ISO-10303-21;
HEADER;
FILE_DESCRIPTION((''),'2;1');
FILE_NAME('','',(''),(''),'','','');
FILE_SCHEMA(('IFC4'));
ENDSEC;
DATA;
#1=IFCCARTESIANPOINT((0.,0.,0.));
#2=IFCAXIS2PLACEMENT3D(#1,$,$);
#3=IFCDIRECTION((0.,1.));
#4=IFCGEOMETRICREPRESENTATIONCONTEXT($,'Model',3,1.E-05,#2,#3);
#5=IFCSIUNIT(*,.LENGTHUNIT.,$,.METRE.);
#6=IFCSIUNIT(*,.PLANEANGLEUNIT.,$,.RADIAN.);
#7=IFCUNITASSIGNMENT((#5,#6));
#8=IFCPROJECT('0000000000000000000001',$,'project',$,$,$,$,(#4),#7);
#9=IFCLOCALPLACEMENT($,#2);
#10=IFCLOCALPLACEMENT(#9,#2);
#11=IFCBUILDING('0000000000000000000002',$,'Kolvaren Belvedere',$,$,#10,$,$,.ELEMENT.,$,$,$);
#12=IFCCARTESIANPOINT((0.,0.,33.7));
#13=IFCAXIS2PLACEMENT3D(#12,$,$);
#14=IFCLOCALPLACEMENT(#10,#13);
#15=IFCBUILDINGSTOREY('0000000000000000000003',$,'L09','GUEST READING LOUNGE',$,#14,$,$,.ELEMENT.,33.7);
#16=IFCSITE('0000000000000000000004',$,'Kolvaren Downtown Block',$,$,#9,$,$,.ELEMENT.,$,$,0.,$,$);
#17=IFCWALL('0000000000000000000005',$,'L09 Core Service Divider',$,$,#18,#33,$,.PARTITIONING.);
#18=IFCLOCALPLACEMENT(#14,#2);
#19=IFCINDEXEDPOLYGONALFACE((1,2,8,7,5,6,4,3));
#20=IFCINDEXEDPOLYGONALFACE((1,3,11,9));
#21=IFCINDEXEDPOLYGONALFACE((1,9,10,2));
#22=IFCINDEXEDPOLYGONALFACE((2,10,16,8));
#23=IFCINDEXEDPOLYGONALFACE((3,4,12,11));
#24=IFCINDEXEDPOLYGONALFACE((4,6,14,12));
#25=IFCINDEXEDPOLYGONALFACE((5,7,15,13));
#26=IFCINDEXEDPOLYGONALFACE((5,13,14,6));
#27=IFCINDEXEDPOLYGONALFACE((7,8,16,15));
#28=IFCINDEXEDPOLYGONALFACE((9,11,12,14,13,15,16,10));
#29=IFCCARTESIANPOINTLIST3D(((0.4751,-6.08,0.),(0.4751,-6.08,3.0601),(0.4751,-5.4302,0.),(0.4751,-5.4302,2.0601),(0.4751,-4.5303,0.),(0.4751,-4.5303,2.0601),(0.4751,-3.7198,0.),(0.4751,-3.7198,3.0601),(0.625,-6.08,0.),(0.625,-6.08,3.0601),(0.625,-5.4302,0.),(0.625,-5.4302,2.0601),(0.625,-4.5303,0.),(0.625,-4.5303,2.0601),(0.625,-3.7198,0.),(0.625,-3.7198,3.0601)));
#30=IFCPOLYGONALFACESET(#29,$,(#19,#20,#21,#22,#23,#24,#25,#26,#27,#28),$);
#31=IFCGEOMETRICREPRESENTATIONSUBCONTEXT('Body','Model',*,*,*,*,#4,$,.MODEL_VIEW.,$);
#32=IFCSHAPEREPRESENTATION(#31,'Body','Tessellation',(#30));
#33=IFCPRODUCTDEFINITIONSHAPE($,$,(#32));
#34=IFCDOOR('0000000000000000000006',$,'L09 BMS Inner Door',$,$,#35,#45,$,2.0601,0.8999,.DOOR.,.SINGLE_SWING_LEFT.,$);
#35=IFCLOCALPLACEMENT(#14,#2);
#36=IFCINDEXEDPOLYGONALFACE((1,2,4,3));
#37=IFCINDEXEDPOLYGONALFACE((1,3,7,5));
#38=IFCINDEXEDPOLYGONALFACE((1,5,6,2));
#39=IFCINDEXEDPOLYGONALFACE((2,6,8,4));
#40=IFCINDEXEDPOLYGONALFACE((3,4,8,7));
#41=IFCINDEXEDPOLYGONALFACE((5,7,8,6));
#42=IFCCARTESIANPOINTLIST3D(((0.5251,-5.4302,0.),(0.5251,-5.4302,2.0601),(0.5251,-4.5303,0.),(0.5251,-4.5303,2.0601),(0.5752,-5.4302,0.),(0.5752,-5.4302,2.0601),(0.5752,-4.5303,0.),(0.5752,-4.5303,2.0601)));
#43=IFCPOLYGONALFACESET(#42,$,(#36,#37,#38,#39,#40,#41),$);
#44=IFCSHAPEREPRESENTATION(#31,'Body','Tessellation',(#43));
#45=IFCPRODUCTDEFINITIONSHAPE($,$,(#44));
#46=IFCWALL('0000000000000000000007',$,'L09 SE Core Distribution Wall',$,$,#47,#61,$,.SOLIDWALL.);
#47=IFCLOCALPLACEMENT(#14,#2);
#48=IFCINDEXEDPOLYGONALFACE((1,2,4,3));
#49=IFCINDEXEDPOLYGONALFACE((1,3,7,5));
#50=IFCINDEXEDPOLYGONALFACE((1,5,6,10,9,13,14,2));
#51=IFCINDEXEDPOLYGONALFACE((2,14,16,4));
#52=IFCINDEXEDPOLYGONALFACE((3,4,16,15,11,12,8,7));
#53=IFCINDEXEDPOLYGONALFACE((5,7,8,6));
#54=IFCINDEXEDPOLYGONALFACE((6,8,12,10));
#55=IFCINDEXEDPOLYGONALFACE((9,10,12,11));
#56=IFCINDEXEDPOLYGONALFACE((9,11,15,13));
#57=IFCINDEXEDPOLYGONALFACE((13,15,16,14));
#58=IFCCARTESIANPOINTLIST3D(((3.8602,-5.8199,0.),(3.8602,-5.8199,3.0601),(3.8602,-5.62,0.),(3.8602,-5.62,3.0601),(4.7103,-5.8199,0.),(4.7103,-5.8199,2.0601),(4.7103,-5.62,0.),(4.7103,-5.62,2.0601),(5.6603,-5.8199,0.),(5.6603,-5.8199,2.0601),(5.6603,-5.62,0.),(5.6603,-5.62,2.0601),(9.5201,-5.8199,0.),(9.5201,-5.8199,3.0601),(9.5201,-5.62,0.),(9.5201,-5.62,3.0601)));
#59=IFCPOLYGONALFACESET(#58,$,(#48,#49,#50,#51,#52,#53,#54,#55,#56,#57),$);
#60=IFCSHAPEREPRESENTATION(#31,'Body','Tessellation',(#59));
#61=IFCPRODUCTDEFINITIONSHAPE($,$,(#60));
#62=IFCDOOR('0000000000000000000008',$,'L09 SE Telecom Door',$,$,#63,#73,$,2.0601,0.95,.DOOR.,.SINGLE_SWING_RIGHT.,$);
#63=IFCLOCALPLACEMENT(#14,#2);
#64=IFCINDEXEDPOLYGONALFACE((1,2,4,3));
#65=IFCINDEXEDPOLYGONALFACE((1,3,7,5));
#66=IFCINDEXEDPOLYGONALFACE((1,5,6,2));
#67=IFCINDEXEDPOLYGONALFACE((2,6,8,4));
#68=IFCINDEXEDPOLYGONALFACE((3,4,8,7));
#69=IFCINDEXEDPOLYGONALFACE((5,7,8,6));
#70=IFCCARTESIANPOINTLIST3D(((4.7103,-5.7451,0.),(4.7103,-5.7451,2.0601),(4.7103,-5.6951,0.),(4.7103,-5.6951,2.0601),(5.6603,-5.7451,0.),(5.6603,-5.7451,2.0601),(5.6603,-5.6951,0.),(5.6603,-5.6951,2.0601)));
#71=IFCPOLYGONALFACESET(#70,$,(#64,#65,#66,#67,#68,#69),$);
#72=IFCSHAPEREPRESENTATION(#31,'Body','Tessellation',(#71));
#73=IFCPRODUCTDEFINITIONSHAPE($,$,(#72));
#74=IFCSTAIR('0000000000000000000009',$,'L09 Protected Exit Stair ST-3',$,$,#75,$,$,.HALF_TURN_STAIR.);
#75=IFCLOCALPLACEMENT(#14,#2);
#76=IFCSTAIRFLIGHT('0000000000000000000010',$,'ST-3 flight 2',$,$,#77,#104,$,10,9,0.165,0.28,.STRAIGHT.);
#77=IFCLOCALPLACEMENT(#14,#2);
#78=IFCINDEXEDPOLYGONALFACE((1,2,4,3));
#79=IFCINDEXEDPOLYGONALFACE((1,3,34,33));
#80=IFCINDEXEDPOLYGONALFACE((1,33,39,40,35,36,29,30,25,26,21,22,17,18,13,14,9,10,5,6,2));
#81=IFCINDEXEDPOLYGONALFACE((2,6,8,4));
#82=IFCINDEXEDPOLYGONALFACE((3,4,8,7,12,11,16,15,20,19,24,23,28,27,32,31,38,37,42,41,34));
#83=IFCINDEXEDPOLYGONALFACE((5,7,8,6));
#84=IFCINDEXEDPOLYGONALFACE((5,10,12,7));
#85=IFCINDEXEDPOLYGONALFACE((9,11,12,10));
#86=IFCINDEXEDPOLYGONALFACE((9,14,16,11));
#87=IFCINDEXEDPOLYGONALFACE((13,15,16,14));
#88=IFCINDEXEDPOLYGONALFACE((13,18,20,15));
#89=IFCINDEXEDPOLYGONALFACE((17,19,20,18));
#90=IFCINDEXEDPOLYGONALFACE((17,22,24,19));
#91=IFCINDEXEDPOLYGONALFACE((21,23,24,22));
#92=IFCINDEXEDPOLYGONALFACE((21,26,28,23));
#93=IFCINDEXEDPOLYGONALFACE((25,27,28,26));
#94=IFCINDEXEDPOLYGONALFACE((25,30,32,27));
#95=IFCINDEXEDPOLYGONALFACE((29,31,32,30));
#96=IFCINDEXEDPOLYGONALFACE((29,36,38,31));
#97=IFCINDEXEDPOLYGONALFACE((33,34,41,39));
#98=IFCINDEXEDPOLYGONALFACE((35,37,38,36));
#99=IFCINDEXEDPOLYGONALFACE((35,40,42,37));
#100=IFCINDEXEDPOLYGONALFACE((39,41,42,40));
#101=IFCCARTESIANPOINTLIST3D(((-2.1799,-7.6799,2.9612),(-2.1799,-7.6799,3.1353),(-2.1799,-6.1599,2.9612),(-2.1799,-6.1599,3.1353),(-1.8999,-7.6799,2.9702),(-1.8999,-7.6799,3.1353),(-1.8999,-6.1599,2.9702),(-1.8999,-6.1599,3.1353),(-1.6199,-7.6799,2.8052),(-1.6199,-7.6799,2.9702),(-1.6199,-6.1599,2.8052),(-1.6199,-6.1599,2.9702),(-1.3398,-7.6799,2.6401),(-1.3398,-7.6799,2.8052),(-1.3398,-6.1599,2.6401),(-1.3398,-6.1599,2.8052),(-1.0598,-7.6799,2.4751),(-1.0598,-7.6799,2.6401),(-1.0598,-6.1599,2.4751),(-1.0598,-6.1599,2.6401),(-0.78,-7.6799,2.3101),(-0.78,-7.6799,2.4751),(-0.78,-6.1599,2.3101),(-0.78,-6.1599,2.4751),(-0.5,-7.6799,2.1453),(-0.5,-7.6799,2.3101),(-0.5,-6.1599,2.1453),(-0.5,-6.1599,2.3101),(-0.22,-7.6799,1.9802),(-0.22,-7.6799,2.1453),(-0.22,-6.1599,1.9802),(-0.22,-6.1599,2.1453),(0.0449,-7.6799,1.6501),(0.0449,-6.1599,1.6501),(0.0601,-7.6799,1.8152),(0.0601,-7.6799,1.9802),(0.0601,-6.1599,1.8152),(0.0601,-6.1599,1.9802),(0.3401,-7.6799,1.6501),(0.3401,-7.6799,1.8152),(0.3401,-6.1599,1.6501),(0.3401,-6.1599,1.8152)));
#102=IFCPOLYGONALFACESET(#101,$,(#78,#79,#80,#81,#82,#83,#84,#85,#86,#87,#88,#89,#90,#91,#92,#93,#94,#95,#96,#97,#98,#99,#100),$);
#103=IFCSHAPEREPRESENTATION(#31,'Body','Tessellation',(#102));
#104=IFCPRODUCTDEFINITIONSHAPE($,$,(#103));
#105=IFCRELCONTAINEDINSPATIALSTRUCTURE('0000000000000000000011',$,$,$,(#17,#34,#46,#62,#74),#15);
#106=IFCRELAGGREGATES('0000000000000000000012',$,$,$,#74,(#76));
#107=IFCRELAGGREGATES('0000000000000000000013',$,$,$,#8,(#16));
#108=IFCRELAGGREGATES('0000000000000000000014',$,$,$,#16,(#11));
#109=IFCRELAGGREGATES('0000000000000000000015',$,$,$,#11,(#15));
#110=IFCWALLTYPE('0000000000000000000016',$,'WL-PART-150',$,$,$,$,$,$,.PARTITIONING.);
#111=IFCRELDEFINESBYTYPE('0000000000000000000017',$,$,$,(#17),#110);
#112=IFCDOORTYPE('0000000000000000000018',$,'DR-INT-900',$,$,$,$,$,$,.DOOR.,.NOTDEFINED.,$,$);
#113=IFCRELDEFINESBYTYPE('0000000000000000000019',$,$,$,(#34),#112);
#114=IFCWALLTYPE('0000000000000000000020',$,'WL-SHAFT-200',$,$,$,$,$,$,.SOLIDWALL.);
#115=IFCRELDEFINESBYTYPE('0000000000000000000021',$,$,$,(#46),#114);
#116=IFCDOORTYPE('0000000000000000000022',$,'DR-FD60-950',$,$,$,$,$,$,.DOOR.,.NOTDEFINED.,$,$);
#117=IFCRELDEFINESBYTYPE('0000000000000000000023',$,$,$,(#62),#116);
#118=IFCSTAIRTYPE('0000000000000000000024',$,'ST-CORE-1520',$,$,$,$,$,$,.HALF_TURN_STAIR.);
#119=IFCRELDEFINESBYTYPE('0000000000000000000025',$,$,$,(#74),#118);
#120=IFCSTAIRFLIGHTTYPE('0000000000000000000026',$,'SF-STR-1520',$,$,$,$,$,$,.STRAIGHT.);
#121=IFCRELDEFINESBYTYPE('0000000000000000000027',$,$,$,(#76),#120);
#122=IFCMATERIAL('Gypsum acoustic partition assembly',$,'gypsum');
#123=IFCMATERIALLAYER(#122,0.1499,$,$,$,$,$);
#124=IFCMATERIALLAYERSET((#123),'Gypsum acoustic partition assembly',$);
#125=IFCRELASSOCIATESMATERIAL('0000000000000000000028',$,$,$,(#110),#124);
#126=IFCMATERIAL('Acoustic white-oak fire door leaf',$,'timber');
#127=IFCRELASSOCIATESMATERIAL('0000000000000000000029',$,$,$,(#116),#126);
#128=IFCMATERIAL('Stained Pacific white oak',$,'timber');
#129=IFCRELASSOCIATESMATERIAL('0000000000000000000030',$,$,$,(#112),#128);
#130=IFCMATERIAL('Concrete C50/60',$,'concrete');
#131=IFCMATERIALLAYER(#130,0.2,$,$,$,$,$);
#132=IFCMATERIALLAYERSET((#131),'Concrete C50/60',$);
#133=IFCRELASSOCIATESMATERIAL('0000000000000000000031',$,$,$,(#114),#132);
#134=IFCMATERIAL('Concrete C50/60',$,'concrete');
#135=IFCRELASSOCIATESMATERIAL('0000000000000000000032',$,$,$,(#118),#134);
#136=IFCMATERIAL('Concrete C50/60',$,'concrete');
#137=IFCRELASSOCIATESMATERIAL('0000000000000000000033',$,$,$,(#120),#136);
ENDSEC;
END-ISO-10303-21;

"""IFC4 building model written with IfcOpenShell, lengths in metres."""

from ifc_helpers import new_model, si_unit, direction, frame, frame_2d, origin, place, context, subcontext, project, spatial, polyline, rectangle, outline, extrude, material, layer, layer_set, type_object, element, fill, aggregate, save


model = new_model("IFC4")

# Units and contexts
model_context = context("Model", 3, precision=1e-05, world=origin(), true_north=direction((0.0, 1.0)))
body_context = subcontext(model_context, "Body", "Model", "MODEL_VIEW")
ifc_project = project(units=[si_unit("LENGTHUNIT", "METRE"), si_unit("PLANEANGLEUNIT", "RADIAN")], contexts=[model_context])

# Site, building, storey
site_placement = place(None, origin())
site = spatial("IfcSite", under=ifc_project, at=site_placement, Name="Kolvaren Downtown Block", CompositionType="ELEMENT", RefElevation=0.0)
building_placement = place(site_placement, origin())
building = spatial("IfcBuilding", under=site, at=building_placement, Name="Kolvaren Belvedere", CompositionType="ELEMENT")
storey_placement = place(building_placement, frame((0.0, 0.0, 33.7)))
storey = spatial("IfcBuildingStorey", under=building, at=storey_placement, Name="L09", Description="GUEST READING LOUNGE", CompositionType="ELEMENT", Elevation=33.7)

# Walls, openings, doors
ifc_material_1 = material(Name="Gypsum acoustic partition assembly", Category="gypsum")
ifc_layer_1 = layer(ifc_material_1, 0.1499)
ifc_layer_set_1 = layer_set([ifc_layer_1], Name="Gypsum acoustic partition assembly")
wall_type_1 = type_object("IfcWallType", Name="WL-PART-150", PredefinedType="PARTITIONING", material=ifc_layer_set_1)
ifc_material_2 = material(Name="Acoustic white-oak fire door leaf", Category="timber")
door_type_1 = type_object("IfcDoorType", Name="DR-FD60-950", OperationType="NOTDEFINED", PredefinedType="DOOR", material=ifc_material_2)
wall_1_placement = place(storey_placement, frame((0.55, -6.0801, 0.0), z_axis=(0.0, 0.0, 1.0), x_axis=(0.0, 1.0, 0.0)))
wall_1 = element("IfcWall", 1, at=wall_1_placement, inside=storey, type_object=wall_type_1, Name="L09 Core Service Divider", PredefinedType="PARTITIONING", context=body_context, shape_type="SweptSolid", body=[
    extrude(rectangle(XDim=2.3601, YDim=0.1499, at=frame_2d((1.1802, 0.0))), origin(), (0.0, 0.0, 1.0), 3.0601),
])
opening_1_placement = place(wall_1_placement, frame((0.6499, 0.0, 0.0)))
opening_1 = element("IfcOpeningElement", 2, at=opening_1_placement, cuts=wall_1, PredefinedType="OPENING", context=body_context, shape_type="SweptSolid", body=[
    extrude(rectangle(XDim=0.8999, YDim=2.0601, at=frame_2d((0.45, 1.03))), frame((0.0, 0.085, 0.0), z_axis=(0.0, -1.0, 0.0), x_axis=(1.0, 0.0, 0.0)), (0.0, 0.0, 1.0), 0.1699),
])
ifc_material_3 = material(Name="Stained Pacific white oak", Category="timber")
door_type_2 = type_object("IfcDoorType", Name="DR-INT-900", OperationType="NOTDEFINED", PredefinedType="DOOR", material=ifc_material_3)
door_1_placement = place(opening_1_placement, origin())
door_1 = element("IfcDoor", 3, at=door_1_placement, inside=storey, type_object=door_type_2, Name="L09 BMS Inner Door", OperationType="SINGLE_SWING_LEFT", OverallHeight=2.0601, OverallWidth=0.8999, PredefinedType="DOOR", context=body_context, shape_type="SweptSolid", body=[
    extrude(rectangle(XDim=0.8999, YDim=2.0601, at=frame_2d((0.45, 1.03))), frame((0.0, 0.0249, 0.0), z_axis=(0.0, -1.0, 0.0), x_axis=(1.0, 0.0, 0.0)), (0.0, 0.0, 1.0), 0.05),
])
fill(opening_1, door_1)
ifc_material_4 = material(Name="Concrete C50/60", Category="concrete")
ifc_layer_2 = layer(ifc_material_4, 0.2)
ifc_layer_set_2 = layer_set([ifc_layer_2], Name="Concrete C50/60")
wall_type_2 = type_object("IfcWallType", Name="WL-SHAFT-200", PredefinedType="SOLIDWALL", material=ifc_layer_set_2)
wall_2_placement = place(storey_placement, frame((3.8601, -5.72, 0.0), z_axis=(0.0, 0.0, 1.0), x_axis=(1.0, 0.0, 0.0)))
wall_2 = element("IfcWall", 4, at=wall_2_placement, inside=storey, type_object=wall_type_2, Name="L09 SE Core Distribution Wall", PredefinedType="SOLIDWALL", context=body_context, shape_type="SweptSolid", body=[
    extrude(rectangle(XDim=5.6599, YDim=0.2, at=frame_2d((2.8301, 0.0))), origin(), (0.0, 0.0, 1.0), 3.0601),
])
opening_2_placement = place(wall_2_placement, frame((0.8501, 0.0, 0.0)))
opening_2 = element("IfcOpeningElement", 5, at=opening_2_placement, cuts=wall_2, PredefinedType="OPENING", context=body_context, shape_type="SweptSolid", body=[
    extrude(rectangle(XDim=0.95, YDim=2.0601, at=frame_2d((0.4751, 1.03))), frame((0.0, 0.1099, 0.0), z_axis=(0.0, -1.0, 0.0), x_axis=(1.0, 0.0, 0.0)), (0.0, 0.0, 1.0), 0.22),
])
door_2_placement = place(opening_2_placement, origin())
door_2 = element("IfcDoor", 6, at=door_2_placement, inside=storey, type_object=door_type_1, Name="L09 SE Telecom Door", OperationType="SINGLE_SWING_RIGHT", OverallHeight=2.0601, OverallWidth=0.95, PredefinedType="DOOR", context=body_context, shape_type="SweptSolid", body=[
    extrude(rectangle(XDim=0.95, YDim=2.0601, at=frame_2d((0.4751, 1.03))), frame((0.0, 0.0249, 0.0), z_axis=(0.0, -1.0, 0.0), x_axis=(1.0, 0.0, 0.0)), (0.0, 0.0, 1.0), 0.05),
])
fill(opening_2, door_2)

# Stair, stair flight
ifc_material_5 = material(Name="Concrete C50/60", Category="concrete")
stair_type = type_object("IfcStairType", Name="ST-CORE-1520", PredefinedType="HALF_TURN_STAIR", material=ifc_material_5)
stair_placement = place(storey_placement, origin())
stair = element("IfcStair", 7, at=stair_placement, inside=storey, type_object=stair_type, Name="L09 Protected Exit Stair ST-3", PredefinedType="HALF_TURN_STAIR")
ifc_material_6 = material(Name="Concrete C50/60", Category="concrete")
stair_flight_type = type_object("IfcStairFlightType", Name="SF-STR-1520", PredefinedType="STRAIGHT", material=ifc_material_6)
stair_flight_placement = place(storey_placement, frame((0.3401, -6.9199, 1.6501), z_axis=(0.0, 0.0, 1.0), x_axis=(-1.0, 0.0, 0.0)))
stair_flight = element("IfcStairFlight", 8, at=stair_flight_placement, type_object=stair_flight_type, Name="ST-3 flight 2", NumberOfRisers=10, NumberOfTreads=9, PredefinedType="STRAIGHT", RiserHeight=0.165, TreadLength=0.28, context=body_context, shape_type="SweptSolid", body=[
    extrude(outline(polyline([(0.0, 0.0), (0.0, 0.165), (0.28, 0.165), (0.28, 0.3301), (0.5601, 0.3301), (0.5601, 0.4951), (0.8401, 0.4951), (0.8401, 0.6599), (1.1201, 0.6599), (1.1201, 0.825), (1.3999, 0.825), (1.3999, 0.99), (1.6799, 0.99), (1.6799, 1.155), (1.96, 1.155), (1.96, 1.3201), (2.24, 1.3201), (2.24, 1.4851), (2.52, 1.4851), (2.52, 1.6499), (2.52, 1.311), (0.2952, 0.0), (0.0, 0.0)])), frame((0.0, 0.76, 0.0), z_axis=(0.0, -1.0, 0.0), x_axis=(1.0, 0.0, 0.0)), (0.0, 0.0, 1.0), 1.52),
])
aggregate(stair, [stair_flight])

save(model, "model.ifc")
